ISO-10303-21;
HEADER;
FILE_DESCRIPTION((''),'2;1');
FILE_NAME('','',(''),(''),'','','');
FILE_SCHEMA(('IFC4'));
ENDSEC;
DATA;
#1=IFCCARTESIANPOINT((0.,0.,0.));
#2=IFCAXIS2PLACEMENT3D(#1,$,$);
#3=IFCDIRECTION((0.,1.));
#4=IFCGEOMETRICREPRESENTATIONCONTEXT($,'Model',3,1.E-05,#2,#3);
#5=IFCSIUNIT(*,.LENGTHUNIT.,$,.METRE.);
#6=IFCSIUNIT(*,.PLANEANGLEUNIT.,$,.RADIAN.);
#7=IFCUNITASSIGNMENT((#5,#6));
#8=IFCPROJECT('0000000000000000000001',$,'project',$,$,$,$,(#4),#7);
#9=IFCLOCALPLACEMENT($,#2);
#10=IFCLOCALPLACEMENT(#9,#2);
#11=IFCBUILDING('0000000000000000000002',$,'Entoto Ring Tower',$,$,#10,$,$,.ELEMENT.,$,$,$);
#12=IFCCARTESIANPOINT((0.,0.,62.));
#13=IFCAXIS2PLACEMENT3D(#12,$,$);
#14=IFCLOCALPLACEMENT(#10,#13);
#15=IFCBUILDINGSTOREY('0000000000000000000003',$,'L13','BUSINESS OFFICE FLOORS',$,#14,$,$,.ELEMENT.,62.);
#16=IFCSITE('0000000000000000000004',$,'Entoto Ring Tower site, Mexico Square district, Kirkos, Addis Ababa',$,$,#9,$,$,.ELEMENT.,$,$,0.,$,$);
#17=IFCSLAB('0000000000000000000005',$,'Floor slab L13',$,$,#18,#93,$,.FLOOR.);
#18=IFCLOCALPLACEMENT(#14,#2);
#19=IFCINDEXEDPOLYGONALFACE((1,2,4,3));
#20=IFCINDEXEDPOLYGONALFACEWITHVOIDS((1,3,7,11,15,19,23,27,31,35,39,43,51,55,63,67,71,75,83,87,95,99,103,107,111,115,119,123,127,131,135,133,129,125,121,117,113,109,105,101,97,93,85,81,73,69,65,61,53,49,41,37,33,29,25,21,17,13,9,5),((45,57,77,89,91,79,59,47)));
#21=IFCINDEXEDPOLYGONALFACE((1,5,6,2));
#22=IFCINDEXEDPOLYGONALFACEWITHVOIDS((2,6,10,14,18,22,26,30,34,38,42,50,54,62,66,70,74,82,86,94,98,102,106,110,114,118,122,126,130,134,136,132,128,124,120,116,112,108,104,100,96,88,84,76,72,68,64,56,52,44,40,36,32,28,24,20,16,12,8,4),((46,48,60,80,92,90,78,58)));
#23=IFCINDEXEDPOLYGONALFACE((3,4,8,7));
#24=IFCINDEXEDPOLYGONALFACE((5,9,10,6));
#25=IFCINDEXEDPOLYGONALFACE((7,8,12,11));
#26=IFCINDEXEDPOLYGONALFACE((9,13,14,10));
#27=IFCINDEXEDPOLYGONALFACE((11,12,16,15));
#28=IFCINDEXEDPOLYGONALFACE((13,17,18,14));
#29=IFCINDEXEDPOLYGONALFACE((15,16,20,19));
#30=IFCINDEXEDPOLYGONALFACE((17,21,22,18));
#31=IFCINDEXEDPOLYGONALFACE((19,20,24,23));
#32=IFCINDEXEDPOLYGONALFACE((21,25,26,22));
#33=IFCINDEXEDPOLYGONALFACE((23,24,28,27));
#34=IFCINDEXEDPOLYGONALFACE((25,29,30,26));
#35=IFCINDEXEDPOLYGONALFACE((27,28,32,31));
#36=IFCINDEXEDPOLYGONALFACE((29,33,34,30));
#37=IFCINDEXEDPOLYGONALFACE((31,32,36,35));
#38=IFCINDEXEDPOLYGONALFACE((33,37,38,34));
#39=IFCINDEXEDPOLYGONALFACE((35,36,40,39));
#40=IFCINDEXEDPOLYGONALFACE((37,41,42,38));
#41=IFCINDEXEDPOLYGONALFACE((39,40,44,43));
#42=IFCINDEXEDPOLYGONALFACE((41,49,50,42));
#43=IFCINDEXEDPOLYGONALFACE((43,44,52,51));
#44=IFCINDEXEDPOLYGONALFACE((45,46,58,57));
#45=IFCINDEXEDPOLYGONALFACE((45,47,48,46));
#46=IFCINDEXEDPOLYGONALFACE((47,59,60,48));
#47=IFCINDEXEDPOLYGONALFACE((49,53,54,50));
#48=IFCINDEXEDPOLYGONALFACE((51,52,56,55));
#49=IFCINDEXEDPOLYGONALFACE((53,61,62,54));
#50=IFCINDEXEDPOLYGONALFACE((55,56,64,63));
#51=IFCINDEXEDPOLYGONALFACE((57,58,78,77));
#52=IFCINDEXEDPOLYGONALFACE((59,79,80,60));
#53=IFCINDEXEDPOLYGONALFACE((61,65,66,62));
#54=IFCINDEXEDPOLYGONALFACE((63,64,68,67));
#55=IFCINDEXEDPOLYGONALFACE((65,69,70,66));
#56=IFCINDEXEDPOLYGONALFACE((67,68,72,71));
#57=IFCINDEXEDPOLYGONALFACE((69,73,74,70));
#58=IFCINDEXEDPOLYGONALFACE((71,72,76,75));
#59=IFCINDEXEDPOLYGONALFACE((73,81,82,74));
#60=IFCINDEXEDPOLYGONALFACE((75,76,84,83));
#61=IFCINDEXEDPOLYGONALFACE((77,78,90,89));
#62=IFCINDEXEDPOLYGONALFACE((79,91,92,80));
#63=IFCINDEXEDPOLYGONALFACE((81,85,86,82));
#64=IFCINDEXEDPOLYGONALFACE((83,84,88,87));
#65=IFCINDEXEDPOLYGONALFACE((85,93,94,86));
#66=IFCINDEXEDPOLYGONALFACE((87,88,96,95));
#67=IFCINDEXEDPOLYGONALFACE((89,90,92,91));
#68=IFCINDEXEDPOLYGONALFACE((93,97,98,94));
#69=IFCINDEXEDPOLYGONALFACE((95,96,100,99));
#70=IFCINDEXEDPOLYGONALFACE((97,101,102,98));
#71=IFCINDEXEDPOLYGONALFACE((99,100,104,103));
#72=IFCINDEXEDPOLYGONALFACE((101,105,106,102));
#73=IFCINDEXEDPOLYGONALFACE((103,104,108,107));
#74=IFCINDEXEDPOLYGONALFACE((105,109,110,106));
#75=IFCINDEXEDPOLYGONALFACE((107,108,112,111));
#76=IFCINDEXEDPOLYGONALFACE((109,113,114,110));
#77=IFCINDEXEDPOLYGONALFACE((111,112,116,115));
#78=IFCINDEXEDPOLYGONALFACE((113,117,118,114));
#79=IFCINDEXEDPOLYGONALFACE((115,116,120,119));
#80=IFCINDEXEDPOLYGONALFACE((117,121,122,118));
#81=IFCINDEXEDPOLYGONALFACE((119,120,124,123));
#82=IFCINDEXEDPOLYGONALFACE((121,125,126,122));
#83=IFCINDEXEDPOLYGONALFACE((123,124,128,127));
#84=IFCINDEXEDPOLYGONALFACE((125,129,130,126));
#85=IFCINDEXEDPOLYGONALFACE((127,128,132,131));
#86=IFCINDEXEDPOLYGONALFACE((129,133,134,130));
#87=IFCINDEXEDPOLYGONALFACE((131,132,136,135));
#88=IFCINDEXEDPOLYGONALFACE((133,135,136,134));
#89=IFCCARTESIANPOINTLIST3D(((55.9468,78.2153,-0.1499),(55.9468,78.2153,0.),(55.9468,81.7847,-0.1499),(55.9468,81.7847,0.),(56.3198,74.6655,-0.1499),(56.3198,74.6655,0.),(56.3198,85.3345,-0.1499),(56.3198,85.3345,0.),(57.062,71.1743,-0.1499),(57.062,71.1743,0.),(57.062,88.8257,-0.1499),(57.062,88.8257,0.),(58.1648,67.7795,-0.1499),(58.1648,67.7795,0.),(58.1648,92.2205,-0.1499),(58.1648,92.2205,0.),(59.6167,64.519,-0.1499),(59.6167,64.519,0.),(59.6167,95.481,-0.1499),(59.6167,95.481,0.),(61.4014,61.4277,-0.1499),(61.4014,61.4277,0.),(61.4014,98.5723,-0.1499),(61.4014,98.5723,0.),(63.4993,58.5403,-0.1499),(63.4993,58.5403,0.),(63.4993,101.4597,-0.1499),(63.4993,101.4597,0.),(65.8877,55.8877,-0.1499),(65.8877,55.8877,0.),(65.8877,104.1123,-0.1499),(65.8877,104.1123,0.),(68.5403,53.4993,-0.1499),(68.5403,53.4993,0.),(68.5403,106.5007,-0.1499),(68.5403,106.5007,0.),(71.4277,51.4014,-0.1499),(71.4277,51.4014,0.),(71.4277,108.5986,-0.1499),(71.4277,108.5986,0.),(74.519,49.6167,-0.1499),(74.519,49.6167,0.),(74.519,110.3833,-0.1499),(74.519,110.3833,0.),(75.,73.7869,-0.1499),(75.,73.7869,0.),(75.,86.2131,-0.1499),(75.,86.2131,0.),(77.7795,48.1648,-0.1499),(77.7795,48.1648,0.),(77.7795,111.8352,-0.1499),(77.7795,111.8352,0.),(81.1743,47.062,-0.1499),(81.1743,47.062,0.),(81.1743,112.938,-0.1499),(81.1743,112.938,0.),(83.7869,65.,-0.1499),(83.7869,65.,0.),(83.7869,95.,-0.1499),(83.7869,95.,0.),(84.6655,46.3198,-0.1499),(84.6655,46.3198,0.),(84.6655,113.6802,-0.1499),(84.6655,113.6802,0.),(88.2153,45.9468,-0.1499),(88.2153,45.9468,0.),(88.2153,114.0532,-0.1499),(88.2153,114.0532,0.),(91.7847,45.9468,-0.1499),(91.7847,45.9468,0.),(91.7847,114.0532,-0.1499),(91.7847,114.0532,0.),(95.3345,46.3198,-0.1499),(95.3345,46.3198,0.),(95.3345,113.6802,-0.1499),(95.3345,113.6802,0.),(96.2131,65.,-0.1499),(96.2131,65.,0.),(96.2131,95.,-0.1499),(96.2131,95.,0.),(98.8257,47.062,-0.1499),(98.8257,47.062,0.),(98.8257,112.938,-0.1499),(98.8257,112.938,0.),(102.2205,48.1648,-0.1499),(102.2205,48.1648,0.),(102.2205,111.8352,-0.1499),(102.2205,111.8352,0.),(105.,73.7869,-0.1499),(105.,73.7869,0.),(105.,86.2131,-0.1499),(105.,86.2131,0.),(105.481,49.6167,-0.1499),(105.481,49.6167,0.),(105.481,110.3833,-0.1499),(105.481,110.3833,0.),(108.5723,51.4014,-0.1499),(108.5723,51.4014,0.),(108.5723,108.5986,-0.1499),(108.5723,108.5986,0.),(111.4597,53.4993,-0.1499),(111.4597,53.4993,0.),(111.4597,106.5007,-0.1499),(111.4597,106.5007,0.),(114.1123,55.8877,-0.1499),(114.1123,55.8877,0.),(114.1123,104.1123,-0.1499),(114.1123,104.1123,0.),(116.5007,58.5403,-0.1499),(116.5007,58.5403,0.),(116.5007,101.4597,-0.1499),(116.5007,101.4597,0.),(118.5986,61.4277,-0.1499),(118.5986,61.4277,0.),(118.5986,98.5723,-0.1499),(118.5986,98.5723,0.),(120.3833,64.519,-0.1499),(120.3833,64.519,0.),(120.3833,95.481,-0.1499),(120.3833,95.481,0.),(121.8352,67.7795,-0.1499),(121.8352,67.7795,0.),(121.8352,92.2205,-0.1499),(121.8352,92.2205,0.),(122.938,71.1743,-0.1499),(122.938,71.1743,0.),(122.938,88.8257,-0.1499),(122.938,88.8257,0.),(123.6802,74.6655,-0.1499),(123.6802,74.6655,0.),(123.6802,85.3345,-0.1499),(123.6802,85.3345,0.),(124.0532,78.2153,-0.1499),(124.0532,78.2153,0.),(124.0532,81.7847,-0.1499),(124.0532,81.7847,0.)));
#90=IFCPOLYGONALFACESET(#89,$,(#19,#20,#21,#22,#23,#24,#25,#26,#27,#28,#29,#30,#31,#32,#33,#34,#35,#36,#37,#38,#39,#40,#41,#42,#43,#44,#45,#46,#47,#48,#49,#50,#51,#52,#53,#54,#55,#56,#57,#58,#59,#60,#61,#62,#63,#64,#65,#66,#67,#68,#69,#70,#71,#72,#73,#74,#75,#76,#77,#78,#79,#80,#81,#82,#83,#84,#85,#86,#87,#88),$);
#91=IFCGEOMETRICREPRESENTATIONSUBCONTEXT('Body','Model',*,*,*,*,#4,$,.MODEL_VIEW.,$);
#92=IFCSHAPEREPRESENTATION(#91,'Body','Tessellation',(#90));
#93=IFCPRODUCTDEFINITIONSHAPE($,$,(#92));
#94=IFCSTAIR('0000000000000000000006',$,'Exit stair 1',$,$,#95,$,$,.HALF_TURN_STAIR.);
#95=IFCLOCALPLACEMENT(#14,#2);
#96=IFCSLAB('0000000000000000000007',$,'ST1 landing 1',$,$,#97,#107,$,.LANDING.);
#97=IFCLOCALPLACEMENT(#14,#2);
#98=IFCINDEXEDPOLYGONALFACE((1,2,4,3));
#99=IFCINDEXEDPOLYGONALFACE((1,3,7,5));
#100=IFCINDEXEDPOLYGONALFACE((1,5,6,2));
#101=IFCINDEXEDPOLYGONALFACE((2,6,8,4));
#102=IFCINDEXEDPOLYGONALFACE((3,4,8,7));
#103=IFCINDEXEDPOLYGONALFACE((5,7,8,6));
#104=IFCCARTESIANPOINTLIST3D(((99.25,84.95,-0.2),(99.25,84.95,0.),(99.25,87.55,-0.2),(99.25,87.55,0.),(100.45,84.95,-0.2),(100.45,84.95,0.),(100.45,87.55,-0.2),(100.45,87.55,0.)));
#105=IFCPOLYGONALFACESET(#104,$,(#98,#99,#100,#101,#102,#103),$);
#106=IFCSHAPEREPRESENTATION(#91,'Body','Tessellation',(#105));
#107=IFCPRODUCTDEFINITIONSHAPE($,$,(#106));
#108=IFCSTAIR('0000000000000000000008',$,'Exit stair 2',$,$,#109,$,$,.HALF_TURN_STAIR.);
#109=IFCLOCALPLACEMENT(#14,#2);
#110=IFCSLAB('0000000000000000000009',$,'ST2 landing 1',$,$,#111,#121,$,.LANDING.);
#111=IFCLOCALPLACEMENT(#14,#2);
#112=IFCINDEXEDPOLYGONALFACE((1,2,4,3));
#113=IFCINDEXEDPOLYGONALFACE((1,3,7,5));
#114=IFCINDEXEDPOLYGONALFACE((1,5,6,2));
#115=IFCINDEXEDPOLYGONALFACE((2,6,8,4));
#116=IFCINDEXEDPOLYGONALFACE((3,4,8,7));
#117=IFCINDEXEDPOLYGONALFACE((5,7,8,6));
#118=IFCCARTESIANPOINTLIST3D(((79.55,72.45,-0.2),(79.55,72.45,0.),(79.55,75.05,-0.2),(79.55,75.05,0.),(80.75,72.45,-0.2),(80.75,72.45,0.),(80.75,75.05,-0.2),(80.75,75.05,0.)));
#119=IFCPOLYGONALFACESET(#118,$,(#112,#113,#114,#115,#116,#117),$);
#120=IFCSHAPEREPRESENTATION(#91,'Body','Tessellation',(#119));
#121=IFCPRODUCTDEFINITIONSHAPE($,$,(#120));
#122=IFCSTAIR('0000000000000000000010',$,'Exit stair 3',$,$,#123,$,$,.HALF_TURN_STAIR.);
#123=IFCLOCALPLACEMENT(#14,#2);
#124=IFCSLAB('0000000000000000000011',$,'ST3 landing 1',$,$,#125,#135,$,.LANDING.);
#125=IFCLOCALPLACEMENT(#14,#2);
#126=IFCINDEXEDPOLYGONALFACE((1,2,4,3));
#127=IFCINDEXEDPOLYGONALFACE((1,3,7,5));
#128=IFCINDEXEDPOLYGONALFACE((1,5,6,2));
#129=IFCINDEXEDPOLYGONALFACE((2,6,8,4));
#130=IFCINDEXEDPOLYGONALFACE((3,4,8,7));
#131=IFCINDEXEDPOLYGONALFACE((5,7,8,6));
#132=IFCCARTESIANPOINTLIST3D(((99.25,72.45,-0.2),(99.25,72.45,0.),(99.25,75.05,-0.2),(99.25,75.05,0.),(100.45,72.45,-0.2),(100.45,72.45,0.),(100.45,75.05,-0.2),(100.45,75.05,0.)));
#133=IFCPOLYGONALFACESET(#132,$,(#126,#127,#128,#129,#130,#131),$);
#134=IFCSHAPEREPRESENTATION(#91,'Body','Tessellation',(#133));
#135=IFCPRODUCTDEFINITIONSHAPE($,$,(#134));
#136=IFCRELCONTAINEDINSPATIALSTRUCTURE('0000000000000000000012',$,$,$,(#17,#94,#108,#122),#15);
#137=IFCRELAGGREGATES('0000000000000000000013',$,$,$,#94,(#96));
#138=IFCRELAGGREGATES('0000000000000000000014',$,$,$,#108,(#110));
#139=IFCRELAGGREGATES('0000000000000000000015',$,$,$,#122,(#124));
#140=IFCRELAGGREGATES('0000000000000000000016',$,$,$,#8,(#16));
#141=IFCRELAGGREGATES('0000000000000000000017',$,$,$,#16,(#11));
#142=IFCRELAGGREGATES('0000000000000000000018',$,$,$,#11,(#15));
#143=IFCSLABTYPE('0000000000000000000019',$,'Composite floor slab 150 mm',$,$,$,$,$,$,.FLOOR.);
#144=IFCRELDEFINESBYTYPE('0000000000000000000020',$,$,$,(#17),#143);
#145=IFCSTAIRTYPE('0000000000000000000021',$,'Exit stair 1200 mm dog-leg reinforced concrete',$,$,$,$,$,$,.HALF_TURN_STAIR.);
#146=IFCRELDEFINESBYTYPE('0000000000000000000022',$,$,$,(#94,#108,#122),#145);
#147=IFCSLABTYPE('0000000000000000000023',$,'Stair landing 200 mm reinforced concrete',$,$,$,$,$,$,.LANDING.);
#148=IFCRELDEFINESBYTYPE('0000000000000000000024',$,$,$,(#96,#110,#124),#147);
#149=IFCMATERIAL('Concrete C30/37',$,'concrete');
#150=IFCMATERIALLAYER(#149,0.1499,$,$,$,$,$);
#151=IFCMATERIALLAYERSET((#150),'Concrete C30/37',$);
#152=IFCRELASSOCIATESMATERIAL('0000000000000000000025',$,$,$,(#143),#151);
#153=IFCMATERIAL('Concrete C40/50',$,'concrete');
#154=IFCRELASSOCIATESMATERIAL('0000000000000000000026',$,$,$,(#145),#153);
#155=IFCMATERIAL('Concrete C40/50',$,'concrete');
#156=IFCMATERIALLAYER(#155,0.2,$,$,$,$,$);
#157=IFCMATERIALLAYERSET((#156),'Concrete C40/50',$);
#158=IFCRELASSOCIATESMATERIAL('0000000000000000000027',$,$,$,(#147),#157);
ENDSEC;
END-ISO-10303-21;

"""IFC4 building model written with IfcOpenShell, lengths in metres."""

from ifc_helpers import new_model, si_unit, direction, frame, origin, place, context, subcontext, project, spatial, polyline, outline, extrude, material, layer, layer_set, type_object, element, aggregate, save


model = new_model("IFC4")

# Units and contexts
model_context = context("Model", 3, precision=1e-05, world=origin(), true_north=direction((0.0, 1.0)))
body_context = subcontext(model_context, "Body", "Model", "MODEL_VIEW")
ifc_project = project(units=[si_unit("LENGTHUNIT", "METRE"), si_unit("PLANEANGLEUNIT", "RADIAN")], contexts=[model_context])

# Site, building, storey
site_placement = place(None, origin())
building_placement = place(site_placement, origin())
storey_placement = place(building_placement, frame((0.0, 0.0, 62.0)))
site = spatial("IfcSite", under=ifc_project, at=site_placement, Name="Entoto Ring Tower site, Mexico Square district, Kirkos, Addis Ababa", CompositionType="ELEMENT", RefElevation=0.0)
building = spatial("IfcBuilding", under=site, at=building_placement, Name="Entoto Ring Tower", CompositionType="ELEMENT")
storey = spatial("IfcBuildingStorey", under=building, at=storey_placement, Name="L13", Description="BUSINESS OFFICE FLOORS", CompositionType="ELEMENT", Elevation=62.0)

# Slab
ifc_material_1 = material(Name="Concrete C30/37", Category="concrete")
ifc_layer_1 = layer(ifc_material_1, 0.1499)
ifc_layer_set_1 = layer_set([ifc_layer_1], Name="Concrete C30/37")
slab_type_1 = type_object("IfcSlabType", Name="Composite floor slab 150 mm", PredefinedType="FLOOR", material=ifc_layer_set_1)
slab_1_placement = place(storey_placement, frame((0.0, 0.0, -0.1499)))
element("IfcSlab", 1, at=slab_1_placement, inside=storey, type_object=slab_type_1, Name="Floor slab L13", PredefinedType="FLOOR", context=body_context, shape_type="SweptSolid", body=[
    extrude(outline(polyline([(123.6802, 85.3345), (122.938, 88.8257), (121.8352, 92.2205), (120.3833, 95.481), (118.5986, 98.5723), (116.5007, 101.4597), (114.1123, 104.1123), (111.4597, 106.5007), (108.5723, 108.5986), (105.481, 110.3833), (102.2205, 111.8352), (98.8257, 112.938), (95.3345, 113.6802), (91.7847, 114.0532), (88.2153, 114.0532), (84.6655, 113.6802), (81.1743, 112.938), (77.7795, 111.8352), (74.519, 110.3833), (71.4277, 108.5986), (68.5403, 106.5007), (65.8877, 104.1123), (63.4993, 101.4597), (61.4014, 98.5723), (59.6167, 95.481), (58.1648, 92.2205), (57.062, 88.8257), (56.3198, 85.3345), (55.9468, 81.7847), (55.9468, 78.2153), (56.3198, 74.6655), (57.062, 71.1743), (58.1648, 67.7795), (59.6167, 64.519), (61.4014, 61.4277), (63.4993, 58.5403), (65.8877, 55.8877), (68.5403, 53.4993), (71.4277, 51.4014), (74.519, 49.6167), (77.7795, 48.1648), (81.1743, 47.062), (84.6655, 46.3198), (88.2153, 45.9468), (91.7847, 45.9468), (95.3345, 46.3198), (98.8257, 47.062), (102.2205, 48.1648), (105.481, 49.6167), (108.5723, 51.4014), (111.4597, 53.4993), (114.1123, 55.8877), (116.5007, 58.5403), (118.5986, 61.4277), (120.3833, 64.519), (121.8352, 67.7795), (122.938, 71.1743), (123.6802, 74.6655), (124.0532, 78.2153), (124.0532, 81.7847), (123.6802, 85.3345)]), holes=[polyline([(105.0, 73.7869), (105.0, 86.2131), (96.2131, 95.0), (83.7869, 95.0), (75.0, 86.2131), (75.0, 73.7869), (83.7869, 65.0), (96.2131, 65.0), (105.0, 73.7869)])]), origin(), (0.0, 0.0, 1.0), 0.1499),
])

# Stairs, slabs
ifc_material_2 = material(Name="Concrete C40/50", Category="concrete")
stair_type = type_object("IfcStairType", Name="Exit stair 1200 mm dog-leg reinforced concrete", PredefinedType="HALF_TURN_STAIR", material=ifc_material_2)
stair_1_placement = place(storey_placement, origin())
stair_1 = element("IfcStair", 2, at=stair_1_placement, inside=storey, type_object=stair_type, Name="Exit stair 1", PredefinedType="HALF_TURN_STAIR")
ifc_material_3 = material(Name="Concrete C40/50", Category="concrete")
ifc_layer_2 = layer(ifc_material_3, 0.2)
ifc_layer_set_2 = layer_set([ifc_layer_2], Name="Concrete C40/50")
slab_type_2 = type_object("IfcSlabType", Name="Stair landing 200 mm reinforced concrete", PredefinedType="LANDING", material=ifc_layer_set_2)
slab_2_placement = place(storey_placement, frame((0.0, 0.0, -0.2)))
slab_2 = element("IfcSlab", 3, at=slab_2_placement, type_object=slab_type_2, Name="ST1 landing 1", PredefinedType="LANDING", context=body_context, shape_type="SweptSolid", body=[
    extrude(outline(polyline([(100.45, 84.95), (100.45, 87.55), (99.25, 87.55), (99.25, 84.95), (100.45, 84.95)])), origin(), (0.0, 0.0, 1.0), 0.2),
])
aggregate(stair_1, [slab_2])
stair_2_placement = place(storey_placement, origin())
stair_2 = element("IfcStair", 4, at=stair_2_placement, inside=storey, type_object=stair_type, Name="Exit stair 2", PredefinedType="HALF_TURN_STAIR")
slab_3_placement = place(storey_placement, frame((0.0, 0.0, -0.2)))
slab_3 = element("IfcSlab", 5, at=slab_3_placement, type_object=slab_type_2, Name="ST2 landing 1", PredefinedType="LANDING", context=body_context, shape_type="SweptSolid", body=[
    extrude(outline(polyline([(80.75, 72.45), (80.75, 75.05), (79.55, 75.05), (79.55, 72.45), (80.75, 72.45)])), origin(), (0.0, 0.0, 1.0), 0.2),
])
aggregate(stair_2, [slab_3])
stair_3_placement = place(storey_placement, origin())
stair_3 = element("IfcStair", 6, at=stair_3_placement, inside=storey, type_object=stair_type, Name="Exit stair 3", PredefinedType="HALF_TURN_STAIR")
slab_4_placement = place(storey_placement, frame((0.0, 0.0, -0.2)))
slab_4 = element("IfcSlab", 7, at=slab_4_placement, type_object=slab_type_2, Name="ST3 landing 1", PredefinedType="LANDING", context=body_context, shape_type="SweptSolid", body=[
    extrude(outline(polyline([(100.45, 72.45), (100.45, 75.05), (99.25, 75.05), (99.25, 72.45), (100.45, 72.45)])), origin(), (0.0, 0.0, 1.0), 0.2),
])
aggregate(stair_3, [slab_4])

save(model, "model.ifc")
